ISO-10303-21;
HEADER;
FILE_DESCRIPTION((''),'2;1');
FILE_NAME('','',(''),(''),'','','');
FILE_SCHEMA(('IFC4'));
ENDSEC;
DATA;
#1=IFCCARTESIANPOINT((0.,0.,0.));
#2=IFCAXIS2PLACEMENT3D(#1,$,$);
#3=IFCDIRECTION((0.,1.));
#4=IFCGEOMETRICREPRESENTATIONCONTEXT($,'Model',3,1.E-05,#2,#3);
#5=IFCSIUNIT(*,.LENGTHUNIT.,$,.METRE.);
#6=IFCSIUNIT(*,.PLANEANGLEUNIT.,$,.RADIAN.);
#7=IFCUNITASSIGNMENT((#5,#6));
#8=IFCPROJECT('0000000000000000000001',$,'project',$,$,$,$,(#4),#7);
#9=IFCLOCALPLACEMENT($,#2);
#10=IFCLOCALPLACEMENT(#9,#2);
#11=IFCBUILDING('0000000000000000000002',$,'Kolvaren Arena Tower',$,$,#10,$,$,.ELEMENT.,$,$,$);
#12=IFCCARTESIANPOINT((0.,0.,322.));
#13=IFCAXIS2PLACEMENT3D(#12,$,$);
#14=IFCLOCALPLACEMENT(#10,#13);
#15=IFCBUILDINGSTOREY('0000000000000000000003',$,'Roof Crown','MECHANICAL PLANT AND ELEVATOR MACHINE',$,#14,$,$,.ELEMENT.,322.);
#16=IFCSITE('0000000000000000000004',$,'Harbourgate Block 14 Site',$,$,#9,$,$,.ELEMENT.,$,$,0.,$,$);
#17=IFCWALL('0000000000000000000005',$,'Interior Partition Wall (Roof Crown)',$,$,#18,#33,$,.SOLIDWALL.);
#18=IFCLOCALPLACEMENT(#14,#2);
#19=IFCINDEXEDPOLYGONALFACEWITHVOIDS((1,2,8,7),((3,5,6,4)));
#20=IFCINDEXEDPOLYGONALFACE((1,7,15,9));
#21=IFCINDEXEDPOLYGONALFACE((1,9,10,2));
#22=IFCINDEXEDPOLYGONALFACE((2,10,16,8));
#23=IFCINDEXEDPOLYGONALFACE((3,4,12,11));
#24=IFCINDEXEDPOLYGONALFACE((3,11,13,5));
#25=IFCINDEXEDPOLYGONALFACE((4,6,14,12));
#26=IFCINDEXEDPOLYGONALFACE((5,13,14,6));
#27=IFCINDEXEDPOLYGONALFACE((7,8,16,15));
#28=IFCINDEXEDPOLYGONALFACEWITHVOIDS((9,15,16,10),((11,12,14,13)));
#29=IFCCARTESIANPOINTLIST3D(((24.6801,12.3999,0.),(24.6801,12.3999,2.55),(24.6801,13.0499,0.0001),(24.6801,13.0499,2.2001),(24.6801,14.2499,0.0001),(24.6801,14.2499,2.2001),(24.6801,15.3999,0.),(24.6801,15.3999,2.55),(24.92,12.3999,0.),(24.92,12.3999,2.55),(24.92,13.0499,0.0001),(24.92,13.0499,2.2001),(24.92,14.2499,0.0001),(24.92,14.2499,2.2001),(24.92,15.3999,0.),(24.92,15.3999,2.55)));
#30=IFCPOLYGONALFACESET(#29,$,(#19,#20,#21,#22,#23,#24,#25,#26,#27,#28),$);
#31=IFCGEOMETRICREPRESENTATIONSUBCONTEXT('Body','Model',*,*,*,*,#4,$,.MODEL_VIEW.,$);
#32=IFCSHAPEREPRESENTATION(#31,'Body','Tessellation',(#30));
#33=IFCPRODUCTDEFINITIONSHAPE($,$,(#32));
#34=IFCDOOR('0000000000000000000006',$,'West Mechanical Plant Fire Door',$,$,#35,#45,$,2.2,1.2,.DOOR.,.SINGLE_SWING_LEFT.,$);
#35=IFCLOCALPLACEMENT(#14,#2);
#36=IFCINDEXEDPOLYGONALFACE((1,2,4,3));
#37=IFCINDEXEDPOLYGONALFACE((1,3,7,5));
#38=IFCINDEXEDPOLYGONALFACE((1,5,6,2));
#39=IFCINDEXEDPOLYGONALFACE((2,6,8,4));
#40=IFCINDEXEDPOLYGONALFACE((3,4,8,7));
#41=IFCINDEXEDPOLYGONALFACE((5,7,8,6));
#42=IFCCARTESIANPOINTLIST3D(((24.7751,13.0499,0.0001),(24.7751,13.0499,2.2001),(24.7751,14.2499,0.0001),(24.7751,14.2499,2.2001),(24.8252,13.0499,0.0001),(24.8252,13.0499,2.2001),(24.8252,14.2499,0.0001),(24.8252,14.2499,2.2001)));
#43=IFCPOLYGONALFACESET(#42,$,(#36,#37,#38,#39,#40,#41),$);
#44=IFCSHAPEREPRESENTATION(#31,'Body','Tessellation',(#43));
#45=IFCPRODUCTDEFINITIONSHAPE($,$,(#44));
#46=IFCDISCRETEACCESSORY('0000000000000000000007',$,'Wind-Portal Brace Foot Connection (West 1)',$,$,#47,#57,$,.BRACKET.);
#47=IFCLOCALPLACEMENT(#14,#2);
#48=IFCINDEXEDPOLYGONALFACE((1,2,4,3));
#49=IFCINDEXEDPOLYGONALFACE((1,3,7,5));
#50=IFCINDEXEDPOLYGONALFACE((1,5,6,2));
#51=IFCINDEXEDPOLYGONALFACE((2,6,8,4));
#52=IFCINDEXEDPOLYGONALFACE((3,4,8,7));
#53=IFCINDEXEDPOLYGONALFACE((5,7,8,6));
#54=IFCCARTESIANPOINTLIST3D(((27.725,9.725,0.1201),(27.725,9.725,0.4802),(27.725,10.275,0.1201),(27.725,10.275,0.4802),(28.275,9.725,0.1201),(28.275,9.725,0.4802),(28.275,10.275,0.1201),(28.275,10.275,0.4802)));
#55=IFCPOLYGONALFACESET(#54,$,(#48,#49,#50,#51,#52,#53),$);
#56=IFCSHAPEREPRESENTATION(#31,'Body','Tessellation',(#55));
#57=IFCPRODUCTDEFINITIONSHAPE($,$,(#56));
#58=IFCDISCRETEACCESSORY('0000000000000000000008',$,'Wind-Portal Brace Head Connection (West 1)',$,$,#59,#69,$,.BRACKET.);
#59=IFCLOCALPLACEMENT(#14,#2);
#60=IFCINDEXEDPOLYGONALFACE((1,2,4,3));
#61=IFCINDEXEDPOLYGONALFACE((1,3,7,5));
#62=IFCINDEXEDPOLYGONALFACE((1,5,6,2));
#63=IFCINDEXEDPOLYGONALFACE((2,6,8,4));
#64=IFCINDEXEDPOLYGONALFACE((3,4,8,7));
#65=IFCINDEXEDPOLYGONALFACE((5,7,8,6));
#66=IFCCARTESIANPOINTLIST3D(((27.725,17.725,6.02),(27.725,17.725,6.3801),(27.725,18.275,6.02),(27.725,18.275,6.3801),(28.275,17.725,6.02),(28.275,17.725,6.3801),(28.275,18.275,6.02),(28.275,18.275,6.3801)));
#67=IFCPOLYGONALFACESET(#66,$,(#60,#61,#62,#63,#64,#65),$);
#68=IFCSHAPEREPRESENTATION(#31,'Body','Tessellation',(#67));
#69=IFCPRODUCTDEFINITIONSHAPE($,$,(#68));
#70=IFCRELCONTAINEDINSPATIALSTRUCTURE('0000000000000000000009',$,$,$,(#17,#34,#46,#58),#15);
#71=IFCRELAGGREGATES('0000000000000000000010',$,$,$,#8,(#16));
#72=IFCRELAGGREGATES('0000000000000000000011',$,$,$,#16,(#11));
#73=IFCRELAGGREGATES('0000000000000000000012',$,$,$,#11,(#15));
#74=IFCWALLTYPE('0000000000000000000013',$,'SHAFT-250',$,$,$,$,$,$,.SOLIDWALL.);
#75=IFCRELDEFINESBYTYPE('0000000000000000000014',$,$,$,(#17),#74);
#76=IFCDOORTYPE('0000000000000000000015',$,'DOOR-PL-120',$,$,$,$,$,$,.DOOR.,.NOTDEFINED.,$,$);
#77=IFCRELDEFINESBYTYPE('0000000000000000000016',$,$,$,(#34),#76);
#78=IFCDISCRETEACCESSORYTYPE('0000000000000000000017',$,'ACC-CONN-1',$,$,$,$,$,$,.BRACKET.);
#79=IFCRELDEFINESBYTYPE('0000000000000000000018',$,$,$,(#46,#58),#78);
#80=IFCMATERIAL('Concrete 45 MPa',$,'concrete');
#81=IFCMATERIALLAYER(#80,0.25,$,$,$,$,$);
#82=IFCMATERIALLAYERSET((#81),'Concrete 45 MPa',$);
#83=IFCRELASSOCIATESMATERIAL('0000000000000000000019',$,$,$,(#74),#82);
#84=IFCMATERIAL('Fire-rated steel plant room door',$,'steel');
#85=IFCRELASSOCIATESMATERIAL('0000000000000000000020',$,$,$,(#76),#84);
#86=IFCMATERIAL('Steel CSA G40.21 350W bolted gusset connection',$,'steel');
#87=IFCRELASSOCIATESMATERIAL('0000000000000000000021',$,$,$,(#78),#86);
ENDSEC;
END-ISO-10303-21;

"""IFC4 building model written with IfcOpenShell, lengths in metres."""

from ifc_helpers import new_model, si_unit, direction, frame, frame_2d, origin, origin_2d, place, context, subcontext, project, spatial, rectangle, extrude, material, layer, layer_set, type_object, element, fill, save


model = new_model("IFC4")

# Units and contexts
model_context = context("Model", 3, precision=1e-05, world=origin(), true_north=direction((0.0, 1.0)))
body_context = subcontext(model_context, "Body", "Model", "MODEL_VIEW")
ifc_project = project(units=[si_unit("LENGTHUNIT", "METRE"), si_unit("PLANEANGLEUNIT", "RADIAN")], contexts=[model_context])

# Site, building, storey
site_placement = place(None, origin())
site = spatial("IfcSite", under=ifc_project, at=site_placement, Name="Harbourgate Block 14 Site", CompositionType="ELEMENT", RefElevation=0.0)
building_placement = place(site_placement, origin())
building = spatial("IfcBuilding", under=site, at=building_placement, Name="Kolvaren Arena Tower", CompositionType="ELEMENT")
storey_placement = place(building_placement, frame((0.0, 0.0, 322.0)))
storey = spatial("IfcBuildingStorey", under=building, at=storey_placement, Name="Roof Crown", Description="MECHANICAL PLANT AND ELEVATOR MACHINE", CompositionType="ELEMENT", Elevation=322.0)

# Shared definitions
ifc_material_1 = material(Name="Concrete 45 MPa", Category="concrete")
ifc_layer_1 = layer(ifc_material_1, 0.25)
ifc_layer_set_1 = layer_set([ifc_layer_1], Name="Concrete 45 MPa")
wall_type_1 = type_object("IfcWallType", Name="SHAFT-250", PredefinedType="SOLIDWALL", material=ifc_layer_set_1)

# Wall, opening, door
wall_1_placement = place(storey_placement, frame((24.8, 12.3999, 0.0), z_axis=(0.0, 0.0, 1.0), x_axis=(0.0, 1.0, 0.0)))
wall_1 = element("IfcWall", 1, at=wall_1_placement, inside=storey, type_object=wall_type_1, Name="Interior Partition Wall (Roof Crown)", PredefinedType="SOLIDWALL", context=body_context, shape_type="SweptSolid", body=[
    extrude(rectangle(XDim=3.0, YDim=0.24, at=frame_2d((1.5, 0.0))), origin(), (0.0, 0.0, 1.0), 2.55),
])
opening_1_placement = place(wall_1_placement, frame((0.6499, 0.0, 0.0)))
opening_1 = element("IfcOpeningElement", 2, at=opening_1_placement, cuts=wall_1, PredefinedType="OPENING", context=body_context, shape_type="SweptSolid", body=[
    extrude(rectangle(XDim=1.2, YDim=2.2, at=frame_2d((0.6001, 1.1001))), frame((0.0, 0.1299, 0.0), z_axis=(0.0, -1.0, 0.0), x_axis=(1.0, 0.0, 0.0)), (0.0, 0.0, 1.0), 0.26),
])
ifc_material_2 = material(Name="Fire-rated steel plant room door", Category="steel")
door_type_1 = type_object("IfcDoorType", Name="DOOR-PL-120", OperationType="NOTDEFINED", PredefinedType="DOOR", material=ifc_material_2)
door_1_placement = place(opening_1_placement, origin())
door_1 = element("IfcDoor", 3, at=door_1_placement, inside=storey, type_object=door_type_1, Name="West Mechanical Plant Fire Door", OperationType="SINGLE_SWING_LEFT", OverallHeight=2.2, OverallWidth=1.2, PredefinedType="DOOR", context=body_context, shape_type="SweptSolid", body=[
    extrude(rectangle(XDim=1.2, YDim=2.2, at=frame_2d((0.6001, 1.1001))), frame((0.0, 0.0249, 0.0), z_axis=(0.0, -1.0, 0.0), x_axis=(1.0, 0.0, 0.0)), (0.0, 0.0, 1.0), 0.05),
])
fill(opening_1, door_1)

# Discrete accessories
ifc_material_3 = material(Name="Steel CSA G40.21 350W bolted gusset connection", Category="steel")
discrete_accessory_type = type_object("IfcDiscreteAccessoryType", Name="ACC-CONN-1", PredefinedType="BRACKET", material=ifc_material_3)
for number, where, z_axis, x_axis, name in (
    (4, (28.0, 10.0, 0.1201), (0.0, 0.0, 1.0), (1.0, 0.0, 0.0), "Wind-Portal Brace Foot Connection (West 1)"),
    (5, (28.0, 18.0, 6.02), (0.0, 0.0, 1.0), (1.0, 0.0, 0.0), "Wind-Portal Brace Head Connection (West 1)"),
):
    element("IfcDiscreteAccessory", number, at=place(storey_placement, frame(where, z_axis=z_axis, x_axis=x_axis)), inside=storey, type_object=discrete_accessory_type, Name=name, PredefinedType="BRACKET", context=body_context, shape_type="SweptSolid", body=[
        extrude(rectangle(XDim=0.55, YDim=0.55, at=origin_2d()), origin(), (0.0, 0.0, 1.0), 0.3601),
    ])

save(model, "model.ifc")
